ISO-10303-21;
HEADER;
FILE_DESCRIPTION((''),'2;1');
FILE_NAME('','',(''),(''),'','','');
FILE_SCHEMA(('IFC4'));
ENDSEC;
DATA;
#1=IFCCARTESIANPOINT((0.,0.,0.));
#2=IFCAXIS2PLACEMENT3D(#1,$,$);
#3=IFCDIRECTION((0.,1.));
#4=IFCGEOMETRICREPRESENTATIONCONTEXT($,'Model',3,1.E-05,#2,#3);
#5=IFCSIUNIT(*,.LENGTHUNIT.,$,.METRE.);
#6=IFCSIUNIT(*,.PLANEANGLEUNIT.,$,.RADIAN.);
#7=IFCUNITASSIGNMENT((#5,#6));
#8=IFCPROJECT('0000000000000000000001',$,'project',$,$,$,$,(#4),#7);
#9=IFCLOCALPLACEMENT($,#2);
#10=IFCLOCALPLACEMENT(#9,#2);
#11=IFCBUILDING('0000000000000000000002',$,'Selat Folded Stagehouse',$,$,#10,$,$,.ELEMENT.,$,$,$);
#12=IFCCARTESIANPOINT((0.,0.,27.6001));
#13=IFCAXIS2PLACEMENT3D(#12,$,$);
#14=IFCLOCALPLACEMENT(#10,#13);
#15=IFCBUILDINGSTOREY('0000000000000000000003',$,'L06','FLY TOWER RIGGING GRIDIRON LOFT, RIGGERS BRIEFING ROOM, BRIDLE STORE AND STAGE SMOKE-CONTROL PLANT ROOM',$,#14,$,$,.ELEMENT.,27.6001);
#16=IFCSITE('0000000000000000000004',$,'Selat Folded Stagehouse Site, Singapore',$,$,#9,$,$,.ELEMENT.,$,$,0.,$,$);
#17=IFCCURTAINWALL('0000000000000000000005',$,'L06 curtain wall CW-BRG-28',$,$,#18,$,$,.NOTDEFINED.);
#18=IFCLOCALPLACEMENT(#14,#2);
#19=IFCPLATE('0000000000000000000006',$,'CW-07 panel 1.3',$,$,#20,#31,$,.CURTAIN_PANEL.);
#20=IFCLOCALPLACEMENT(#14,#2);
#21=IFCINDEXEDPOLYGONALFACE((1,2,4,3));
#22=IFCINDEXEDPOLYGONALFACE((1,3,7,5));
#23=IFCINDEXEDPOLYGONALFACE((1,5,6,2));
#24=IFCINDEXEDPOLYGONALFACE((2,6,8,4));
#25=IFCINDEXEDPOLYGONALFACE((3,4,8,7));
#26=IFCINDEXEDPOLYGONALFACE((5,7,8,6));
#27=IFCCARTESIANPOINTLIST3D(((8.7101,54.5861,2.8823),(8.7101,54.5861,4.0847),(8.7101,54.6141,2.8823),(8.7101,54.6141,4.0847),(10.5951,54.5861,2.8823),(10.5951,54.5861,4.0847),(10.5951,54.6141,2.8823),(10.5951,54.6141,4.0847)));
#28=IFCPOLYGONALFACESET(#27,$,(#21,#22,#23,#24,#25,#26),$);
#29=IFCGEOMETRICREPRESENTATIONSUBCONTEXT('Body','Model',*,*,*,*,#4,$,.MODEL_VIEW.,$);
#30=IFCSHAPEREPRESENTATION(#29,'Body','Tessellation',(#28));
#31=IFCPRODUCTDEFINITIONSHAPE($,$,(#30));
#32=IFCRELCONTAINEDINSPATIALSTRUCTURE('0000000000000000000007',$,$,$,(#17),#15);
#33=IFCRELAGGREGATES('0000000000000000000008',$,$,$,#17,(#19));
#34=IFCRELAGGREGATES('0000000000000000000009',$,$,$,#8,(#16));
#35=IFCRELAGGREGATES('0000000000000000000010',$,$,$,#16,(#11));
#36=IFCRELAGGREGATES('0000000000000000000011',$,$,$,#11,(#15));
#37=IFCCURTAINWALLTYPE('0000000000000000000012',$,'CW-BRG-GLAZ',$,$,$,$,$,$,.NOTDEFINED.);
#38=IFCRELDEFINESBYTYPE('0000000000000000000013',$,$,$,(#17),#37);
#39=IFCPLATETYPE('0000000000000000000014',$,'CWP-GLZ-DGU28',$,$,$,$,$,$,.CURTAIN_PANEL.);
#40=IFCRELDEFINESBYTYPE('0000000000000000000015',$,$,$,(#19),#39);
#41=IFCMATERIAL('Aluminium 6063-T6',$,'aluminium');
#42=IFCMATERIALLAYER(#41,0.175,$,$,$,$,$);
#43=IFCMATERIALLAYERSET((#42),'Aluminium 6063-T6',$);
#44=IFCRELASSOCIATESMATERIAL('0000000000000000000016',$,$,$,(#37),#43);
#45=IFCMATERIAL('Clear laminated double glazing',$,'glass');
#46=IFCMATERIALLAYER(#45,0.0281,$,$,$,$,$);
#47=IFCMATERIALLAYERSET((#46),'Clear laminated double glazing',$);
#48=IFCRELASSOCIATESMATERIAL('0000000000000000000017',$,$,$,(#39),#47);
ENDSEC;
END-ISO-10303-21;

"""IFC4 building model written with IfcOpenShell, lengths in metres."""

from ifc_helpers import new_model, si_unit, direction, frame, origin, origin_2d, place, context, subcontext, project, spatial, rectangle, extrude, material, layer, layer_set, type_object, element, aggregate, save


model = new_model("IFC4")

# Units and contexts
model_context = context("Model", 3, precision=1e-05, world=origin(), true_north=direction((0.0, 1.0)))
body_context = subcontext(model_context, "Body", "Model", "MODEL_VIEW")
ifc_project = project(units=[si_unit("LENGTHUNIT", "METRE"), si_unit("PLANEANGLEUNIT", "RADIAN")], contexts=[model_context])

# Site, building, storey
site_placement = place(None, origin())
site = spatial("IfcSite", under=ifc_project, at=site_placement, Name="Selat Folded Stagehouse Site, Singapore", CompositionType="ELEMENT", RefElevation=0.0)
building_placement = place(site_placement, origin())
building = spatial("IfcBuilding", under=site, at=building_placement, Name="Selat Folded Stagehouse", CompositionType="ELEMENT")
storey_placement = place(building_placement, frame((0.0, 0.0, 27.6001)))
storey = spatial("IfcBuildingStorey", under=building, at=storey_placement, Name="L06", Description="FLY TOWER RIGGING GRIDIRON LOFT, RIGGERS BRIEFING ROOM, BRIDLE STORE AND STAGE SMOKE-CONTROL PLANT ROOM", CompositionType="ELEMENT", Elevation=27.6001)

# Curtain wall
ifc_material_1 = material(Name="Aluminium 6063-T6", Category="aluminium")
ifc_layer_1 = layer(ifc_material_1, 0.175)
ifc_layer_set_1 = layer_set([ifc_layer_1], Name="Aluminium 6063-T6")
curtain_wall_type = type_object("IfcCurtainWallType", Name="CW-BRG-GLAZ", PredefinedType="NOTDEFINED", material=ifc_layer_set_1)
curtain_wall_1_placement = place(storey_placement, origin())
curtain_wall_1 = element("IfcCurtainWall", 1, at=curtain_wall_1_placement, inside=storey, type_object=curtain_wall_type, Name="L06 curtain wall CW-BRG-28", PredefinedType="NOTDEFINED")

# Plate
ifc_material_2 = material(Name="Clear laminated double glazing", Category="glass")
ifc_layer_2 = layer(ifc_material_2, 0.0281)
ifc_layer_set_2 = layer_set([ifc_layer_2], Name="Clear laminated double glazing")
plate_type = type_object("IfcPlateType", Name="CWP-GLZ-DGU28", PredefinedType="CURTAIN_PANEL", material=ifc_layer_set_2)
plate_1_placement = place(storey_placement, frame((9.6526, 54.6001, 2.8823), z_axis=(0.0, 0.0, 1.0), x_axis=(1.0, 0.0, 0.0)))
plate_1 = element("IfcPlate", 2, at=plate_1_placement, type_object=plate_type, Name="CW-07 panel 1.3", PredefinedType="CURTAIN_PANEL", context=body_context, shape_type="SweptSolid", body=[
    extrude(rectangle(XDim=1.885, YDim=0.0281, at=origin_2d()), origin(), (0.0, 0.0, 1.0), 1.2024),
])
aggregate(curtain_wall_1, [plate_1])

save(model, "model.ifc")
